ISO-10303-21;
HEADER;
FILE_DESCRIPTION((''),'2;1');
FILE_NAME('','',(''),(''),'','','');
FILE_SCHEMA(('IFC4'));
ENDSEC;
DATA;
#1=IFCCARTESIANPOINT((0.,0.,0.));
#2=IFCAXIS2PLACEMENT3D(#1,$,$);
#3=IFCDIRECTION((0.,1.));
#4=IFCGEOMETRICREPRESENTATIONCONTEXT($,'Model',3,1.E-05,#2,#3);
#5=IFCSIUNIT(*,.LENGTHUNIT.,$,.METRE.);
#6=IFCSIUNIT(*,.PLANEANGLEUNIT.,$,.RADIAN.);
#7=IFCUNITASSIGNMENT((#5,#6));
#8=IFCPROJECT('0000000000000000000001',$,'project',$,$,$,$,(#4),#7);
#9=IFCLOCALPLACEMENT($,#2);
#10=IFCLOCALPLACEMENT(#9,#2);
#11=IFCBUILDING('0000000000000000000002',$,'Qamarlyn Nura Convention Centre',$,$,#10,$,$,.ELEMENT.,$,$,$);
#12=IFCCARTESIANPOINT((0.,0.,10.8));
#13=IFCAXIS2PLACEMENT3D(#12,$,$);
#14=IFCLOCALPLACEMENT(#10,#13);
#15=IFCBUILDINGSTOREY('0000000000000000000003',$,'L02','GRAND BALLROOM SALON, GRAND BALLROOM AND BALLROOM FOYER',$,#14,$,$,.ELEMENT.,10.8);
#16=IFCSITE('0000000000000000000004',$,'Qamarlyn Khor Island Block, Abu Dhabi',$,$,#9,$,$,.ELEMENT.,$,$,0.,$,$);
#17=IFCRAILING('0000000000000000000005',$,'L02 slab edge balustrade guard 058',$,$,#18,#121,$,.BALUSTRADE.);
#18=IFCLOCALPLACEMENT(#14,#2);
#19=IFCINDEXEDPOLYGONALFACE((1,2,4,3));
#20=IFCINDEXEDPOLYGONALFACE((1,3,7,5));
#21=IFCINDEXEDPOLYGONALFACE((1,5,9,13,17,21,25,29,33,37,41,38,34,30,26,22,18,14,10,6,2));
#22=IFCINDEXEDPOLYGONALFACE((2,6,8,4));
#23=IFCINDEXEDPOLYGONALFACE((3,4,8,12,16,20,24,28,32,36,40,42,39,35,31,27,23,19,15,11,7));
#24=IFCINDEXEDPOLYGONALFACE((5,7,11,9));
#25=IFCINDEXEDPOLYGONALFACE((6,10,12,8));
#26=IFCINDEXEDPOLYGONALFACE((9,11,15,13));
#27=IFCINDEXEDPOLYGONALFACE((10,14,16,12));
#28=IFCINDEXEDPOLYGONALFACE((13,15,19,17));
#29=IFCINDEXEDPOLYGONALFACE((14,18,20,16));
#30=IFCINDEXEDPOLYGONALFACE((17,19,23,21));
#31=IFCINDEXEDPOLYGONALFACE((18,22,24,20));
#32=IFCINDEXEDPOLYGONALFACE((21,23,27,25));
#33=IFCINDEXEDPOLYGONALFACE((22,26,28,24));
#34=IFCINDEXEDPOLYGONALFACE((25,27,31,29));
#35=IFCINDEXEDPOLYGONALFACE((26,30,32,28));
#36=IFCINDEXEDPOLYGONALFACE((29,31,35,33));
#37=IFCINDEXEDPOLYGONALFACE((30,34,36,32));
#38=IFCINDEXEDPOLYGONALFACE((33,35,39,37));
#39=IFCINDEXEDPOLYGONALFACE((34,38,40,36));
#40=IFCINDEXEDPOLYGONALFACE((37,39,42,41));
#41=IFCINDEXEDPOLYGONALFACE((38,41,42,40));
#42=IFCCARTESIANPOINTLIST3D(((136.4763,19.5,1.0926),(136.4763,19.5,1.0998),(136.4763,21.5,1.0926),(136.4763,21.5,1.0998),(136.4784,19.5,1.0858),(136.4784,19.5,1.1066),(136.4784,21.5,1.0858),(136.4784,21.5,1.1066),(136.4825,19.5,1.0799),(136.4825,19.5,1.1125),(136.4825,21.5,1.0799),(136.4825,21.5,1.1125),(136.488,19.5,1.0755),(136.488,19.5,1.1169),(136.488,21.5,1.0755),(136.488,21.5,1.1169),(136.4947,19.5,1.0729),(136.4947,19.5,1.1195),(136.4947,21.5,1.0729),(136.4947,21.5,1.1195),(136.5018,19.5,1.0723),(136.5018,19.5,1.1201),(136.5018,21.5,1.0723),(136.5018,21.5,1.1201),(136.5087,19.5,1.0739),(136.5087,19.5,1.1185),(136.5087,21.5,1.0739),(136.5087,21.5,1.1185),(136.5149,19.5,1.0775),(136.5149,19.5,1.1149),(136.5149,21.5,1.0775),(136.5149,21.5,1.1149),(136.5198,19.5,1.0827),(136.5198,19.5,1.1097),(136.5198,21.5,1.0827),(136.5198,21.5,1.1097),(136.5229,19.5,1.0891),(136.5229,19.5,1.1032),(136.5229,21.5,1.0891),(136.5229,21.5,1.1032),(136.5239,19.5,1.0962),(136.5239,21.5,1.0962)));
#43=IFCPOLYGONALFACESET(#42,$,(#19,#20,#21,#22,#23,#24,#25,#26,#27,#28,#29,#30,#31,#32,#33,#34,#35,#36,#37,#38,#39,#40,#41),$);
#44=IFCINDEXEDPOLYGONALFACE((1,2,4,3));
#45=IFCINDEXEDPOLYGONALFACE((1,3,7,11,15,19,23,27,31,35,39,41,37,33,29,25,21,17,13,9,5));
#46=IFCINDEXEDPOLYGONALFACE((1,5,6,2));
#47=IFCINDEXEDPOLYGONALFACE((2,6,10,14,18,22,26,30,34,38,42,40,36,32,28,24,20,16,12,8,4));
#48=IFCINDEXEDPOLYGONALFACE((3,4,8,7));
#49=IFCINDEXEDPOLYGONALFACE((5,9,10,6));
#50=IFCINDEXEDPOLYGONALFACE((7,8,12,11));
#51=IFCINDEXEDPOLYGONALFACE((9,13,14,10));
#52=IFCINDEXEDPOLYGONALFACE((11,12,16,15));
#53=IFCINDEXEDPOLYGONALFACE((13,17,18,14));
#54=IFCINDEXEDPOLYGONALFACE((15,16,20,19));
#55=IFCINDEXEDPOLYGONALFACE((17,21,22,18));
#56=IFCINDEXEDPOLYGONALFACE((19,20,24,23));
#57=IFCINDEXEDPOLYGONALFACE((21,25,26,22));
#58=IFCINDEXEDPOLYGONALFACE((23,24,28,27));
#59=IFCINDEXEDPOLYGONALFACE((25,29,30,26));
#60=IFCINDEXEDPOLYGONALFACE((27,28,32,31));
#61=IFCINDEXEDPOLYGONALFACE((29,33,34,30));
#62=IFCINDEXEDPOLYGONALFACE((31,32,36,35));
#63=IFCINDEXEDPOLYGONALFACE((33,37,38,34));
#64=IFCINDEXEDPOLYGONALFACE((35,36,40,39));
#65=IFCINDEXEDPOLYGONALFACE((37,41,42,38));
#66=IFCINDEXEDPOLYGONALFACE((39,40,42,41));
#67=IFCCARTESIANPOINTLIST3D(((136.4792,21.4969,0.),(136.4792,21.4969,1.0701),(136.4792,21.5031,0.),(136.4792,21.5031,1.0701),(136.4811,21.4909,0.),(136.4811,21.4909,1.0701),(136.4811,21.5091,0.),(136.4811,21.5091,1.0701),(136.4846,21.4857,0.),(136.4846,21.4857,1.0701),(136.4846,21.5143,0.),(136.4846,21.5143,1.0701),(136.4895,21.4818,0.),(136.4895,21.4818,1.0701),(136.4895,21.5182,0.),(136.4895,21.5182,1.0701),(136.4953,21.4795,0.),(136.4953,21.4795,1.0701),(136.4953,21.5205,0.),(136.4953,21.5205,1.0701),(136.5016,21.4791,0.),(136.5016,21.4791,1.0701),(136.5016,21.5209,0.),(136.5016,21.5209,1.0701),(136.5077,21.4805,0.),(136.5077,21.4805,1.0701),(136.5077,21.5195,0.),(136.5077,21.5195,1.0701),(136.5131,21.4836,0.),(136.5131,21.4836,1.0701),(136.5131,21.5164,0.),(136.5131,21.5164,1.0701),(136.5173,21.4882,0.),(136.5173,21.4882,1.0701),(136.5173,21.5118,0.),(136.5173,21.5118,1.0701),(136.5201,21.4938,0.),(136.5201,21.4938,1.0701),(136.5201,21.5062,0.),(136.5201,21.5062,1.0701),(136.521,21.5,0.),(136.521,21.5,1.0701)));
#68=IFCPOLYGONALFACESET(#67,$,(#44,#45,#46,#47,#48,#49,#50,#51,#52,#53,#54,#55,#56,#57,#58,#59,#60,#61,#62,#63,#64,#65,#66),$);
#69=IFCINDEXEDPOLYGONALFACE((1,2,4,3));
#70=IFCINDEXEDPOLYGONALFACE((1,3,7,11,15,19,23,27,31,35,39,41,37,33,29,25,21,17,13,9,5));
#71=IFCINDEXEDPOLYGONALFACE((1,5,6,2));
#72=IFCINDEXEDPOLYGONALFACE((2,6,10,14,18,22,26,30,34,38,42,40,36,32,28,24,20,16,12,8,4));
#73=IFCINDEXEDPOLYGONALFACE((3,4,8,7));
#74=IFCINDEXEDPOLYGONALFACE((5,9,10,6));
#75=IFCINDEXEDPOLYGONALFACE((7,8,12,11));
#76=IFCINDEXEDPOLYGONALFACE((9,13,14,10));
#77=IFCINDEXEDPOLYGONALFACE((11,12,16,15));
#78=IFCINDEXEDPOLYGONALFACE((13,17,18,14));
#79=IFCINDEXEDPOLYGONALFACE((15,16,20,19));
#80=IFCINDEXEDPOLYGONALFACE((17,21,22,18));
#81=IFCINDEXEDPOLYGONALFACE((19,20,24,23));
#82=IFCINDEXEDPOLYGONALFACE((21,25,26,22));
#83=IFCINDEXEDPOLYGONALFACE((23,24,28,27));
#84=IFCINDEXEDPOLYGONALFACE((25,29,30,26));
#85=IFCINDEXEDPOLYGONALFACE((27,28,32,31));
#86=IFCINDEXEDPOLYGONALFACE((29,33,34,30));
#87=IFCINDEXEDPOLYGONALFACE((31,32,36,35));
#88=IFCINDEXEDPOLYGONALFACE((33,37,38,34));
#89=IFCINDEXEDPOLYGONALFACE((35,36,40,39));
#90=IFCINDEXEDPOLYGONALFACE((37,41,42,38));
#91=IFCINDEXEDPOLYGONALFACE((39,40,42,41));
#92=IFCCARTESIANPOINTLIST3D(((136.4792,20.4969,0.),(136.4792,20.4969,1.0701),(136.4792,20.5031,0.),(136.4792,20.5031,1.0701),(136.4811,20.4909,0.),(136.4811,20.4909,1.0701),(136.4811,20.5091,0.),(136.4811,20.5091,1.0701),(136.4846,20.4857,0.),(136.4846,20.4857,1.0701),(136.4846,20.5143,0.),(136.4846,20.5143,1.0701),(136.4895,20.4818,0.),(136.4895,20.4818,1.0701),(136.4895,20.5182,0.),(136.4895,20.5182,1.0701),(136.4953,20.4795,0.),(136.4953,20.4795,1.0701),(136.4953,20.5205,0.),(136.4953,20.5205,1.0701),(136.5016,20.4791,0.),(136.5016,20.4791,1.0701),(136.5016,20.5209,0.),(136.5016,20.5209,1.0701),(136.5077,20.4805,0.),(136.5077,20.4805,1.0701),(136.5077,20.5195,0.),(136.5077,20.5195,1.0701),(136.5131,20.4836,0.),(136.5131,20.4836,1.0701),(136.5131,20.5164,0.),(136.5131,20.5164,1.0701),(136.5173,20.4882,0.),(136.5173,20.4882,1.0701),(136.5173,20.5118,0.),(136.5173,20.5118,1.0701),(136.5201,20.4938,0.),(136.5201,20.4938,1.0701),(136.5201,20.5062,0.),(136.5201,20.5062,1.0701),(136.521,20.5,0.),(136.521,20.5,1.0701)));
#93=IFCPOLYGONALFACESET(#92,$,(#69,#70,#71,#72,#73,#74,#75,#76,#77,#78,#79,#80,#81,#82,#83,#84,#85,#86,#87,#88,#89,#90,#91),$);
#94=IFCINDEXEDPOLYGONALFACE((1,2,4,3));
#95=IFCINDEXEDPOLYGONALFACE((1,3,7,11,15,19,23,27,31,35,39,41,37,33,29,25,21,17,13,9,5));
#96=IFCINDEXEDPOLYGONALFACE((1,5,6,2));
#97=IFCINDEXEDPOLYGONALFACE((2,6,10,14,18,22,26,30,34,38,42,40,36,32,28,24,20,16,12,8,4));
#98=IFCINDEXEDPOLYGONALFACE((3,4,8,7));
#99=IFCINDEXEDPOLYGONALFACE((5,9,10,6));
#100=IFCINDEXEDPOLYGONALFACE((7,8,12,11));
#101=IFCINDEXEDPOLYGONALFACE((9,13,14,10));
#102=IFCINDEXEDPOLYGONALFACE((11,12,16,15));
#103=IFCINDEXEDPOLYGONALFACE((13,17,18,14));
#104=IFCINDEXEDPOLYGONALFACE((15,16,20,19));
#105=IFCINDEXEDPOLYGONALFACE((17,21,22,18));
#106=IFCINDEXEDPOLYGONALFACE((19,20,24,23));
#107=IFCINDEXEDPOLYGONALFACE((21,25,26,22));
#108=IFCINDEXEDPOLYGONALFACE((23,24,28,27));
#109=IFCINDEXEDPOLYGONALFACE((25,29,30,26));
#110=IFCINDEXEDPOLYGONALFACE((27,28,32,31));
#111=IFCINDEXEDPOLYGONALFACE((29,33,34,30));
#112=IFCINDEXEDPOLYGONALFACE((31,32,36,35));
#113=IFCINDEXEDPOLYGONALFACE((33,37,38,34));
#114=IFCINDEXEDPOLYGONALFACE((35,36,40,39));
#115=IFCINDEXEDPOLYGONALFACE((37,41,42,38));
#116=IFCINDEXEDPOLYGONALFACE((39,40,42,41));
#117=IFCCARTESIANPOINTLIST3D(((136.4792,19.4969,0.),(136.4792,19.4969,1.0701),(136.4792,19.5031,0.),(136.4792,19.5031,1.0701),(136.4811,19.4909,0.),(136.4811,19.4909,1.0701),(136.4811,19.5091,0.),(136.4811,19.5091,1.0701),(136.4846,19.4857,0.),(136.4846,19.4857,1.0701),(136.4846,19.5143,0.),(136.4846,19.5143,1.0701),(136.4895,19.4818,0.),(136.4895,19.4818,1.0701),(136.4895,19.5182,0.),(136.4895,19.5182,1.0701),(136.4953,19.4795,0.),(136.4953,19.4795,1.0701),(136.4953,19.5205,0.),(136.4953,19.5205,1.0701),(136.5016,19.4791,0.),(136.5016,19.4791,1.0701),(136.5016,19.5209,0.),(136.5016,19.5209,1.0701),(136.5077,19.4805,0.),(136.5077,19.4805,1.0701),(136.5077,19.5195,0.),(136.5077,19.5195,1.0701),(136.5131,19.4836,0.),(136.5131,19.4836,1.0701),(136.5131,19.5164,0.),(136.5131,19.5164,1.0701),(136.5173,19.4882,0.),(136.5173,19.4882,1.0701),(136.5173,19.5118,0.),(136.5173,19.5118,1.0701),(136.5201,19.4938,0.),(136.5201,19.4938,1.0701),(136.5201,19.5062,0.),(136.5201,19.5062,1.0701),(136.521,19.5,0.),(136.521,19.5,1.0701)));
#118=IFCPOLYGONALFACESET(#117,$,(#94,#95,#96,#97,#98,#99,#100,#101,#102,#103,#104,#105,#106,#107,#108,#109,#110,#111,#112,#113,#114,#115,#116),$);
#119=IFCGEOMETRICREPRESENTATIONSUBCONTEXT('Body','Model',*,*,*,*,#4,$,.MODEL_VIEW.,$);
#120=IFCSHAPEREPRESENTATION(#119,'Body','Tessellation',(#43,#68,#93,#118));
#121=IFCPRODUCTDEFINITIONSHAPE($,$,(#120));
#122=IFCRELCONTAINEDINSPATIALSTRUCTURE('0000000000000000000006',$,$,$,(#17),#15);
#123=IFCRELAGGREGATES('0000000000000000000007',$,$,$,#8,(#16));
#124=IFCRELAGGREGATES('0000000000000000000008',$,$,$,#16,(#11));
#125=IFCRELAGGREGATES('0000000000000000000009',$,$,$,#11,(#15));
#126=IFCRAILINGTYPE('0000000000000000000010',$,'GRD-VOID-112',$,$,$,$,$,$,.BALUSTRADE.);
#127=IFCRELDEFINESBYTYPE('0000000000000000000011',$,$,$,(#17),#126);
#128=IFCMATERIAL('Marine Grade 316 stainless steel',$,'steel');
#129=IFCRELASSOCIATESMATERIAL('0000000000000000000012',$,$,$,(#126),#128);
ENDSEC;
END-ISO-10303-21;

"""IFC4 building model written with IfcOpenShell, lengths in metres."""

from ifc_helpers import new_model, si_unit, direction, frame, origin, origin_2d, place, context, subcontext, project, spatial, circle, extrude, material, type_object, element, save


model = new_model("IFC4")

# Units and contexts
model_context = context("Model", 3, precision=1e-05, world=origin(), true_north=direction((0.0, 1.0)))
body_context = subcontext(model_context, "Body", "Model", "MODEL_VIEW")
ifc_project = project(units=[si_unit("LENGTHUNIT", "METRE"), si_unit("PLANEANGLEUNIT", "RADIAN")], contexts=[model_context])

# Site, building, storey
site_placement = place(None, origin())
site = spatial("IfcSite", under=ifc_project, at=site_placement, Name="Qamarlyn Khor Island Block, Abu Dhabi", CompositionType="ELEMENT", RefElevation=0.0)
building_placement = place(site_placement, origin())
building = spatial("IfcBuilding", under=site, at=building_placement, Name="Qamarlyn Nura Convention Centre", CompositionType="ELEMENT")
storey_placement = place(building_placement, frame((0.0, 0.0, 10.8)))
storey = spatial("IfcBuildingStorey", under=building, at=storey_placement, Name="L02", Description="GRAND BALLROOM SALON, GRAND BALLROOM AND BALLROOM FOYER", CompositionType="ELEMENT", Elevation=10.8)

# Railing
ifc_material_1 = material(Name="Marine Grade 316 stainless steel", Category="steel")
railing_type = type_object("IfcRailingType", Name="GRD-VOID-112", PredefinedType="BALUSTRADE", material=ifc_material_1)
railing_1_placement = place(storey_placement, frame((136.5, 21.5, 0.0)))
element("IfcRailing", 1, at=railing_1_placement, inside=storey, type_object=railing_type, Name="L02 slab edge balustrade guard 058", PredefinedType="BALUSTRADE", context=body_context, shape_type="SweptSolid", body=[
    extrude(circle(Radius=0.0239, at=origin_2d()), frame((0.0, 0.0, 1.0962), z_axis=(0.0, -1.0, 0.0), x_axis=(1.0, 0.0, 0.0)), (0.0, 0.0, 1.0), 2.0),
    extrude(circle(Radius=0.021, at=origin_2d()), origin(), (0.0, 0.0, 1.0), 1.0701),
    extrude(circle(Radius=0.021, at=origin_2d()), frame((0.0, -1.0, 0.0)), (0.0, 0.0, 1.0), 1.0701),
    extrude(circle(Radius=0.021, at=origin_2d()), frame((0.0, -2.0, 0.0)), (0.0, 0.0, 1.0), 1.0701),
])

save(model, "model.ifc")
